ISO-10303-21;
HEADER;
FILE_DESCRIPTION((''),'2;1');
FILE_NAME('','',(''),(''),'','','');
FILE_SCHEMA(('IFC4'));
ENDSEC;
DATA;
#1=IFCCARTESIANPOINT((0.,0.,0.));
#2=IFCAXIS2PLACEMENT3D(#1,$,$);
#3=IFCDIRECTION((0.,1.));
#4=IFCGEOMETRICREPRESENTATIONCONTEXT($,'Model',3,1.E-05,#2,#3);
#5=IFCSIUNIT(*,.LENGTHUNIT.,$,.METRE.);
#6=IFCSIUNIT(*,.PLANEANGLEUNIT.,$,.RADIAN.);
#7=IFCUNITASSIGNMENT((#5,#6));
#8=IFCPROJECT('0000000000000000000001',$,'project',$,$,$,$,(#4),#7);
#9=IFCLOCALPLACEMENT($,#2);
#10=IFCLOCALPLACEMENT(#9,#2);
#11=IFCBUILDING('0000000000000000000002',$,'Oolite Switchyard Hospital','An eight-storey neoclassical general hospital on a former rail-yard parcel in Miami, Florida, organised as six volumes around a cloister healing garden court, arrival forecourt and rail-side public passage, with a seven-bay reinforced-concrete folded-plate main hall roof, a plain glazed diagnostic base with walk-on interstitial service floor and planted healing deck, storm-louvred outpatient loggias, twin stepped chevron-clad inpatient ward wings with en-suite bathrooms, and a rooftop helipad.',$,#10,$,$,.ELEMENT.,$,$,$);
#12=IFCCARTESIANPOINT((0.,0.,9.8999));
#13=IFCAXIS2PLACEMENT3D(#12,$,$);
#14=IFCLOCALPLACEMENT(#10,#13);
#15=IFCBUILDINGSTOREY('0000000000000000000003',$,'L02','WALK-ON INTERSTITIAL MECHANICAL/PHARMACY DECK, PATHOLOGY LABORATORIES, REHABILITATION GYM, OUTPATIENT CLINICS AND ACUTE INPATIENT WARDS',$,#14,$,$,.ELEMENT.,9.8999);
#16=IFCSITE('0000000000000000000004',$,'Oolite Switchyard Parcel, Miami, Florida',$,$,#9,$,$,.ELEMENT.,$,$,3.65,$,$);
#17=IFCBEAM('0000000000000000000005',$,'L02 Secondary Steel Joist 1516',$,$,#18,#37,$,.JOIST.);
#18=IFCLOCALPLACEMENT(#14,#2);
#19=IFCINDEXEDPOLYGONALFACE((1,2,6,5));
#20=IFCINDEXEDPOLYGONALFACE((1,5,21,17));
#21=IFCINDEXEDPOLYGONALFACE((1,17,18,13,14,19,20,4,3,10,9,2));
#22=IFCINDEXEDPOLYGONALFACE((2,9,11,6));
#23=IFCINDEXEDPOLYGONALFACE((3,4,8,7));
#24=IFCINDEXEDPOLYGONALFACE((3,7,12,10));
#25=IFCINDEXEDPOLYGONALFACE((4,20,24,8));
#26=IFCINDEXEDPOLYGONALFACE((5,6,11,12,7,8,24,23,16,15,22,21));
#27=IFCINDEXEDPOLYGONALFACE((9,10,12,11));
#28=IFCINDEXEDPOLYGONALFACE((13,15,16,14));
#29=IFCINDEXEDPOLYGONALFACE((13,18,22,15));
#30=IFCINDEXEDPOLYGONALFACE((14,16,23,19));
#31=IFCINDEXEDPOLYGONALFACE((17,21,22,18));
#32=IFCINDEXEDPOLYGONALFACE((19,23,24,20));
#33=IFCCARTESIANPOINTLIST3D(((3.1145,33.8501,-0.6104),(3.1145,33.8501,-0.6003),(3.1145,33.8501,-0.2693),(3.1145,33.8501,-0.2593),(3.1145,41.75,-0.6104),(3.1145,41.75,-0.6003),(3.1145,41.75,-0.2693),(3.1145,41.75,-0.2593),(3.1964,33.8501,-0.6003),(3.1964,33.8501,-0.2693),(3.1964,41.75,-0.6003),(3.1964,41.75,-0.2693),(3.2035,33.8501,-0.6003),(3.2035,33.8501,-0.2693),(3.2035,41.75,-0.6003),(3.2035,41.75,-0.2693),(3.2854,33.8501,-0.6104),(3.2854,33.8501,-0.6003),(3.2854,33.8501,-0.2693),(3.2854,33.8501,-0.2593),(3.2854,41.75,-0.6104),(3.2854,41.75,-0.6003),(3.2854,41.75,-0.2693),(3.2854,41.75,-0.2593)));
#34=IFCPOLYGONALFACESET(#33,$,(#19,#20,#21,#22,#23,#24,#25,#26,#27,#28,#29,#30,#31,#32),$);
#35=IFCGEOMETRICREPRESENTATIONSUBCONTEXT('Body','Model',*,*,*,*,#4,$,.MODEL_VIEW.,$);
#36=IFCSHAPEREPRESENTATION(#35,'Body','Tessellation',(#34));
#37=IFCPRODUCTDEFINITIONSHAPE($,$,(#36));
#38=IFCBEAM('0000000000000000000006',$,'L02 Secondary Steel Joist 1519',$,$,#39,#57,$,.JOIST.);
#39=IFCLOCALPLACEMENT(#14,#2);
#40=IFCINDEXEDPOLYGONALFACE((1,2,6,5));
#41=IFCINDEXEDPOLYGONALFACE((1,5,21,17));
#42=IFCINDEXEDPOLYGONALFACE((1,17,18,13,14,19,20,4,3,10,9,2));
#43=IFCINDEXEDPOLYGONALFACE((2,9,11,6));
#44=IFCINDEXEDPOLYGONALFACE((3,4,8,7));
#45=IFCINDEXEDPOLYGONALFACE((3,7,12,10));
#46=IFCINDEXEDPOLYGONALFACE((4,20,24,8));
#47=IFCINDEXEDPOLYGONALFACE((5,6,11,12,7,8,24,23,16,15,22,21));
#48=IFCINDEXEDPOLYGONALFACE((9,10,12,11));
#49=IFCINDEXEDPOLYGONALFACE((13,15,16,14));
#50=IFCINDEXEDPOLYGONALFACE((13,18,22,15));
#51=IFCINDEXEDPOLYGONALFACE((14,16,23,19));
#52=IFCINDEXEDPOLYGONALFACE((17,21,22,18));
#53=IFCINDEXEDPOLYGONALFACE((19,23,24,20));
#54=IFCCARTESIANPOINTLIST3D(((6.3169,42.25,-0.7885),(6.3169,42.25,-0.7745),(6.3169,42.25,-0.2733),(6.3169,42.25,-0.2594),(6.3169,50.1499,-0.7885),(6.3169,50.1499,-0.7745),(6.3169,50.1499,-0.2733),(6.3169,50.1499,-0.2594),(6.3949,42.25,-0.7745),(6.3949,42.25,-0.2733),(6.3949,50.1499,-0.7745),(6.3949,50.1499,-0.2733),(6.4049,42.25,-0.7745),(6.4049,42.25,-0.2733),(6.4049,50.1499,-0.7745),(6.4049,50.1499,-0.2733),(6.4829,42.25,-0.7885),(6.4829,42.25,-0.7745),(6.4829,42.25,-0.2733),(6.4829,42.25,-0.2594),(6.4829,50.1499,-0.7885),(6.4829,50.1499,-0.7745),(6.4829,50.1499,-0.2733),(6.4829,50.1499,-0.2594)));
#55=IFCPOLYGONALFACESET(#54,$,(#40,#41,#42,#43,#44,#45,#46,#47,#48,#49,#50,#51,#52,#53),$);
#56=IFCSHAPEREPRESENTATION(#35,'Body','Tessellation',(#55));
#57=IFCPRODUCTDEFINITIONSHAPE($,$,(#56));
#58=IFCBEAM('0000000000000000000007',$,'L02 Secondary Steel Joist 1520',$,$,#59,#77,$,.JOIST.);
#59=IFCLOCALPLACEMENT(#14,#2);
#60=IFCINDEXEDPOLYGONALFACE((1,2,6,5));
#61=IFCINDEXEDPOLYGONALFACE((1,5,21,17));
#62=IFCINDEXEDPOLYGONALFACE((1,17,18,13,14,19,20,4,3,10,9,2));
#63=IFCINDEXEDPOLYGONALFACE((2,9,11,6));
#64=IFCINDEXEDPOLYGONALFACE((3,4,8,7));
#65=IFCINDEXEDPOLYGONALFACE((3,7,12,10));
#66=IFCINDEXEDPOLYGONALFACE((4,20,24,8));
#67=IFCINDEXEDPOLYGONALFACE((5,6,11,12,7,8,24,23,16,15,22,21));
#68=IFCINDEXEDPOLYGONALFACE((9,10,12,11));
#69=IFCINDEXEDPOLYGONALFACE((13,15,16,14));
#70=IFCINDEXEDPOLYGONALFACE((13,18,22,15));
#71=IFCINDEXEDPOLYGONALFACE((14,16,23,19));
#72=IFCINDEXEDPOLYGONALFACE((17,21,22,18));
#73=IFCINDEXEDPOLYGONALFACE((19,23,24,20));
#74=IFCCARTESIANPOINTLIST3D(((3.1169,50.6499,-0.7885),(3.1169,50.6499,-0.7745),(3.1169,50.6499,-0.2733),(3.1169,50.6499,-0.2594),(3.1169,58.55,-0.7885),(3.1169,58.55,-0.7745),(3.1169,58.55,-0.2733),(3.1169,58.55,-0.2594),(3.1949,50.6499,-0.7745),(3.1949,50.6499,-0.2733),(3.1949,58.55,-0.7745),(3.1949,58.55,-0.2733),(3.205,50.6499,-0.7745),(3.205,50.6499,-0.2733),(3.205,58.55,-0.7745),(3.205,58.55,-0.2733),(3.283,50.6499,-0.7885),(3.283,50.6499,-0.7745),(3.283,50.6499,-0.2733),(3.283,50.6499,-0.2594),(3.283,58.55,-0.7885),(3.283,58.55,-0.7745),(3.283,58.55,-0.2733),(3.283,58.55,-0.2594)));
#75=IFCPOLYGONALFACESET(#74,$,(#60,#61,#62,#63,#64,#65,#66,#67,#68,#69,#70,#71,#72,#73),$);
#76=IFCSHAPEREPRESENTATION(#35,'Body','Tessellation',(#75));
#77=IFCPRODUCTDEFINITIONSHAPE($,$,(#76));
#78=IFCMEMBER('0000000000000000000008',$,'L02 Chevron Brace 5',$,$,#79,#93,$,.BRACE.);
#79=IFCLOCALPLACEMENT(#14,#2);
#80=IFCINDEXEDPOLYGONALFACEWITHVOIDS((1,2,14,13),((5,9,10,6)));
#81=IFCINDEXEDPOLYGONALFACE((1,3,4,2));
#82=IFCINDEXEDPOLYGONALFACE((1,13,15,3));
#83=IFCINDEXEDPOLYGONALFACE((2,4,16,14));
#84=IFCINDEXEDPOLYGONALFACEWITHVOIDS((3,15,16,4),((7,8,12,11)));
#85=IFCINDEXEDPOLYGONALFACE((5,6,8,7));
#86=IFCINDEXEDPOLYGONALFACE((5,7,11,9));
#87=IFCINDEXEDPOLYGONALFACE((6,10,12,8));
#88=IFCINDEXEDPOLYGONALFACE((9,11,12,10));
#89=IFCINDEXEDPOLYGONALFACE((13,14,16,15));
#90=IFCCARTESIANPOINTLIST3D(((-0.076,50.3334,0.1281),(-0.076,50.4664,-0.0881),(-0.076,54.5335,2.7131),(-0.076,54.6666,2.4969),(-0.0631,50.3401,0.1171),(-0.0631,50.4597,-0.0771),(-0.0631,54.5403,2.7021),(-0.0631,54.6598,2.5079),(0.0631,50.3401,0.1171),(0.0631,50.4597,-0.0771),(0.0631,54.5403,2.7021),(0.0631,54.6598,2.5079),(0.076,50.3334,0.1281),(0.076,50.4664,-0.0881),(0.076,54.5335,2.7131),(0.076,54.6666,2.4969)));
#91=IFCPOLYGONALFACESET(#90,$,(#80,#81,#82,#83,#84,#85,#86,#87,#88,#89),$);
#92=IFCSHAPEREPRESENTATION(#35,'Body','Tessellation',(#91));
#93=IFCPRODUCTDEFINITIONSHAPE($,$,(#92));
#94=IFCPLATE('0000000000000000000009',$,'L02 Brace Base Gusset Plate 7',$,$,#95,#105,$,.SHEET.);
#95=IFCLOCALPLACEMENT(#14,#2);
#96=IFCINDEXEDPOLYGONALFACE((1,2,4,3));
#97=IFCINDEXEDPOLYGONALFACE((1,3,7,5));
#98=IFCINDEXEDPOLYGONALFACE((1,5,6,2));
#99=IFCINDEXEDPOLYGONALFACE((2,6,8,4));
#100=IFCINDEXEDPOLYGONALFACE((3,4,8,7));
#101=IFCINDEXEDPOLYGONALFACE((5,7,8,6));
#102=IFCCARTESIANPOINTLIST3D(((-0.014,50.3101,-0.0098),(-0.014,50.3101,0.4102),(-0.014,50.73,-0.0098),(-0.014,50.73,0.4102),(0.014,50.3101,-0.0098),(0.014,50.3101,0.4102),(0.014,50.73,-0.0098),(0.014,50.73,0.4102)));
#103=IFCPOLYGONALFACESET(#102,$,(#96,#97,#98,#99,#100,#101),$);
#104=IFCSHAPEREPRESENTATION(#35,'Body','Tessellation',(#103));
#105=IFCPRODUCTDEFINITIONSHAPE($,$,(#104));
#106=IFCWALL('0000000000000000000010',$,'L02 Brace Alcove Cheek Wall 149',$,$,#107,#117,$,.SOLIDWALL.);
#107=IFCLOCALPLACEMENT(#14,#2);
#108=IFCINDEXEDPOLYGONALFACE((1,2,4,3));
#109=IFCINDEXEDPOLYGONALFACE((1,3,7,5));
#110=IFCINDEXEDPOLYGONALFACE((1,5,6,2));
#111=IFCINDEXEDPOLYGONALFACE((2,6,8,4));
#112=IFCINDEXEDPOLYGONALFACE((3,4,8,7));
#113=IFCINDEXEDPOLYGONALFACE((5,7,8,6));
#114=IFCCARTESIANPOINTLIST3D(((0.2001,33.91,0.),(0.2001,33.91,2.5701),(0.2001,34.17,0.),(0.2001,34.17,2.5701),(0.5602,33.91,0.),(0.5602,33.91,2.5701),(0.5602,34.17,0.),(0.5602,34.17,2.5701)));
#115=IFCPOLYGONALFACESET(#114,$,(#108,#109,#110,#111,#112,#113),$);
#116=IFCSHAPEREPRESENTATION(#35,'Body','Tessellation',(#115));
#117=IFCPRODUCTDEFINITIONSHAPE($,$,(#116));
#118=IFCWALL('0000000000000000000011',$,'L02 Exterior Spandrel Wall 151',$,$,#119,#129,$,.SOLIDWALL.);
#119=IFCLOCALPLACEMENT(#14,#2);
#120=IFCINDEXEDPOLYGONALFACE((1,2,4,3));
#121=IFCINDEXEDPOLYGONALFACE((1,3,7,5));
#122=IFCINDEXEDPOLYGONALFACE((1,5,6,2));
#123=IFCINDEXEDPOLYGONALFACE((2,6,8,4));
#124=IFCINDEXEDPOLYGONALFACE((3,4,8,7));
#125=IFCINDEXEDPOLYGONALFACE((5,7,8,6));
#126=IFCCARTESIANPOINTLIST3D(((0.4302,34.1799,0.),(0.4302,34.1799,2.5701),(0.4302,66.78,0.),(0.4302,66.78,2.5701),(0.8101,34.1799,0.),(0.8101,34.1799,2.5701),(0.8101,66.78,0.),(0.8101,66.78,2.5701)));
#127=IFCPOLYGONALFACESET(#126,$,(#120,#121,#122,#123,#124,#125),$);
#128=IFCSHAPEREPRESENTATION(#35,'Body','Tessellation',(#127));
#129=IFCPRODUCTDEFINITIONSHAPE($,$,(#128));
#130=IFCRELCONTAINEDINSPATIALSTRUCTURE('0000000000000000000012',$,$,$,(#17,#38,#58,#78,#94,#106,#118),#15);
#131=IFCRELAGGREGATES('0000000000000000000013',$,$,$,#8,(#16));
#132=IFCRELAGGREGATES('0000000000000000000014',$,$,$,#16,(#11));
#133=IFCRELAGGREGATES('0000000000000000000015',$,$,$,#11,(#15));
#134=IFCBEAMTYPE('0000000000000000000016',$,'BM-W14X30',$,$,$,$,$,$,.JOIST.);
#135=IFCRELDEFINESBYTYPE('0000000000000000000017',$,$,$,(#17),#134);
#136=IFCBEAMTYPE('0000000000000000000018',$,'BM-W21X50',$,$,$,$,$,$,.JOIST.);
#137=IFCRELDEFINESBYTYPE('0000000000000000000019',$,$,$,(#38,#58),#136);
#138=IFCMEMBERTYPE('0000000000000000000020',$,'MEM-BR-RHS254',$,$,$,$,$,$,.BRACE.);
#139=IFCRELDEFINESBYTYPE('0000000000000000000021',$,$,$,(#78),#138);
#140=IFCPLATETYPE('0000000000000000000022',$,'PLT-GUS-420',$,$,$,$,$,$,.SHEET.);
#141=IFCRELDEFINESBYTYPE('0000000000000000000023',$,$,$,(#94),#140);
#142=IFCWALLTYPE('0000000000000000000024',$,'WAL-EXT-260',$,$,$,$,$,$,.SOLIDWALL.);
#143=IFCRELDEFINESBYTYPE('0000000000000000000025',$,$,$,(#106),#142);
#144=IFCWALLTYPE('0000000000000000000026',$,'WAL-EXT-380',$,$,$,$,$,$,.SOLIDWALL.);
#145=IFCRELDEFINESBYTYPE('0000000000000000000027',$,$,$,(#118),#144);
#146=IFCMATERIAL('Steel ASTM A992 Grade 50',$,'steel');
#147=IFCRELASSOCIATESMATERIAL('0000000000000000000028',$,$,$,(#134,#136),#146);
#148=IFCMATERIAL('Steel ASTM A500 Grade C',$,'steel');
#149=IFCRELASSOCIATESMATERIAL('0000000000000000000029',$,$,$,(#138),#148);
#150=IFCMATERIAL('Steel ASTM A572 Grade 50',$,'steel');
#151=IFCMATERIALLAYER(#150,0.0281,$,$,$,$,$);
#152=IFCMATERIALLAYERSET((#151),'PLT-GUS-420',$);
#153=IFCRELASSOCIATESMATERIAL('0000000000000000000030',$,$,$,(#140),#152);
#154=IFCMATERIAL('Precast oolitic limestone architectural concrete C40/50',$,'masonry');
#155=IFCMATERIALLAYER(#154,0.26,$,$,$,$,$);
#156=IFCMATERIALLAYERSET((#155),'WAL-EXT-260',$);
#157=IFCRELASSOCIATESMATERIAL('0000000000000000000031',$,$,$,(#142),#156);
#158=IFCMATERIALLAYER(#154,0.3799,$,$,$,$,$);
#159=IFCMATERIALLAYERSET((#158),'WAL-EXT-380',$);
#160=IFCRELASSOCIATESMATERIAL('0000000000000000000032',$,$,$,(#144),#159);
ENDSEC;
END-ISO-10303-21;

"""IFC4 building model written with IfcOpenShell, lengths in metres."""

from ifc_helpers import new_model, si_unit, direction, frame, frame_2d, origin, origin_2d, place, context, subcontext, project, spatial, rectangle, hollow_rectangle, i_section, extrude, material, layer, layer_set, material_profile, profile_set, type_object, element, save


model = new_model("IFC4")

# Units and contexts
model_context = context("Model", 3, precision=1e-05, world=origin(), true_north=direction((0.0, 1.0)))
body_context = subcontext(model_context, "Body", "Model", "MODEL_VIEW")
ifc_project = project(units=[si_unit("LENGTHUNIT", "METRE"), si_unit("PLANEANGLEUNIT", "RADIAN")], contexts=[model_context])

# Site, building, storey
site_placement = place(None, origin())
site = spatial("IfcSite", under=ifc_project, at=site_placement, Name="Oolite Switchyard Parcel, Miami, Florida", CompositionType="ELEMENT", RefElevation=3.65)
building_placement = place(site_placement, origin())
building = spatial("IfcBuilding", under=site, at=building_placement, Name="Oolite Switchyard Hospital", Description="An eight-storey neoclassical general hospital on a former rail-yard parcel in Miami, Florida, organised as six volumes around a cloister healing garden court, arrival forecourt and rail-side public passage, with a seven-bay reinforced-concrete folded-plate main hall roof, a plain glazed diagnostic base with walk-on interstitial service floor and planted healing deck, storm-louvred outpatient loggias, twin stepped chevron-clad inpatient ward wings with en-suite bathrooms, and a rooftop helipad.", CompositionType="ELEMENT")
storey_placement = place(building_placement, frame((0.0, 0.0, 9.8999)))
storey = spatial("IfcBuildingStorey", under=building, at=storey_placement, Name="L02", Description="WALK-ON INTERSTITIAL MECHANICAL/PHARMACY DECK, PATHOLOGY LABORATORIES, REHABILITATION GYM, OUTPATIENT CLINICS AND ACUTE INPATIENT WARDS", CompositionType="ELEMENT", Elevation=9.8999)

# Beams
ifc_material_1 = material(Name="Steel ASTM A992 Grade 50", Category="steel")
ifc_material_profile_1 = material_profile(ifc_material_1, i_section(OverallWidth=0.1709, OverallDepth=0.3511, WebThickness=0.0071, FlangeThickness=0.01, at=origin_2d()), Name="W14X30")
ifc_profile_set_1 = profile_set([ifc_material_profile_1], Name="Steel ASTM A992 Grade 50")
beam_type_1 = type_object("IfcBeamType", Name="BM-W14X30", PredefinedType="JOIST", material=ifc_profile_set_1)
beam_1_placement = place(storey_placement, frame((3.2, 33.8501, -0.4348), z_axis=(0.0, 1.0, 0.0), x_axis=(-1.0, 0.0, 0.0)))
element("IfcBeam", 1, at=beam_1_placement, inside=storey, type_object=beam_type_1, Name="L02 Secondary Steel Joist 1516", PredefinedType="JOIST", context=body_context, shape_type="SweptSolid", body=[
    extrude(i_section(OverallWidth=0.1709, OverallDepth=0.3511, WebThickness=0.0071, FlangeThickness=0.01, at=origin_2d()), origin(), (0.0, 0.0, 1.0), 7.8999),
])
ifc_material_profile_2 = material_profile(ifc_material_1, i_section(OverallWidth=0.166, OverallDepth=0.5291, WebThickness=0.01, FlangeThickness=0.0139, at=origin_2d()), Name="W21X50")
ifc_profile_set_2 = profile_set([ifc_material_profile_2], Name="Steel ASTM A992 Grade 50")
beam_type_2 = type_object("IfcBeamType", Name="BM-W21X50", PredefinedType="JOIST", material=ifc_profile_set_2)
beam_2_placement = place(storey_placement, frame((6.3999, 42.25, -0.5239), z_axis=(0.0, 1.0, 0.0), x_axis=(-1.0, 0.0, 0.0)))
element("IfcBeam", 2, at=beam_2_placement, inside=storey, type_object=beam_type_2, Name="L02 Secondary Steel Joist 1519", PredefinedType="JOIST", context=body_context, shape_type="SweptSolid", body=[
    extrude(i_section(OverallWidth=0.166, OverallDepth=0.5291, WebThickness=0.01, FlangeThickness=0.0139, at=origin_2d()), origin(), (0.0, 0.0, 1.0), 7.8999),
])
beam_3_placement = place(storey_placement, frame((3.2, 50.6499, -0.5239), z_axis=(0.0, 1.0, 0.0), x_axis=(-1.0, 0.0, 0.0)))
element("IfcBeam", 3, at=beam_3_placement, inside=storey, type_object=beam_type_2, Name="L02 Secondary Steel Joist 1520", PredefinedType="JOIST", context=body_context, shape_type="SweptSolid", body=[
    extrude(i_section(OverallWidth=0.166, OverallDepth=0.5291, WebThickness=0.01, FlangeThickness=0.0139, at=origin_2d()), origin(), (0.0, 0.0, 1.0), 7.9001),
])

# Member
ifc_material_2 = material(Name="Steel ASTM A500 Grade C", Category="steel")
ifc_material_profile_3 = material_profile(ifc_material_2, hollow_rectangle(XDim=0.1521, YDim=0.2539, WallThickness=0.0129, at=origin_2d()), Name="HSS254X152X13")
ifc_profile_set_3 = profile_set([ifc_material_profile_3], Name="Steel ASTM A500 Grade C")
member_type = type_object("IfcMemberType", Name="MEM-BR-RHS254", PredefinedType="BRACE", material=ifc_profile_set_3)
member_placement = place(storey_placement, frame((0.0, 50.3999, 0.02), z_axis=(0.0, 0.851638, 0.524131), x_axis=(-1.0, 0.0, 0.0)))
element("IfcMember", 4, at=member_placement, inside=storey, type_object=member_type, Name="L02 Chevron Brace 5", PredefinedType="BRACE", context=body_context, shape_type="SweptSolid", body=[
    extrude(hollow_rectangle(XDim=0.1521, YDim=0.2539, WallThickness=0.0129, at=origin_2d()), origin(), (0.0, 0.0, 1.0), 4.9319),
])

# Plate
ifc_material_3 = material(Name="Steel ASTM A572 Grade 50", Category="steel")
ifc_layer_1 = layer(ifc_material_3, 0.0281)
ifc_layer_set_1 = layer_set([ifc_layer_1], Name="PLT-GUS-420")
plate_type = type_object("IfcPlateType", Name="PLT-GUS-420", PredefinedType="SHEET", material=ifc_layer_set_1)
plate_placement = place(storey_placement, frame((0.0, 50.52, -0.0098), z_axis=(0.0, 0.0, 1.0), x_axis=(0.0, 1.0, 0.0)))
element("IfcPlate", 5, at=plate_placement, inside=storey, type_object=plate_type, Name="L02 Brace Base Gusset Plate 7", PredefinedType="SHEET", context=body_context, shape_type="SweptSolid", body=[
    extrude(rectangle(XDim=0.4199, YDim=0.0281, at=origin_2d()), origin(), (0.0, 0.0, 1.0), 0.4199),
])

# Walls
ifc_material_4 = material(Name="Precast oolitic limestone architectural concrete C40/50", Category="masonry")
ifc_layer_2 = layer(ifc_material_4, 0.26)
ifc_layer_set_2 = layer_set([ifc_layer_2], Name="WAL-EXT-260")
wall_type_1 = type_object("IfcWallType", Name="WAL-EXT-260", PredefinedType="SOLIDWALL", material=ifc_layer_set_2)
wall_1_placement = place(storey_placement, frame((0.2, 34.04, 0.0), z_axis=(0.0, 0.0, 1.0), x_axis=(1.0, 0.0, 0.0)))
element("IfcWall", 6, at=wall_1_placement, inside=storey, type_object=wall_type_1, Name="L02 Brace Alcove Cheek Wall 149", PredefinedType="SOLIDWALL", context=body_context, shape_type="SweptSolid", body=[
    extrude(rectangle(XDim=0.3601, YDim=0.26, at=frame_2d((0.1802, 0.0))), origin(), (0.0, 0.0, 1.0), 2.5701),
])
ifc_layer_3 = layer(ifc_material_4, 0.3799)
ifc_layer_set_3 = layer_set([ifc_layer_3], Name="WAL-EXT-380")
wall_type_2 = type_object("IfcWallType", Name="WAL-EXT-380", PredefinedType="SOLIDWALL", material=ifc_layer_set_3)
wall_2_placement = place(storey_placement, frame((0.6201, 34.1799, 0.0), z_axis=(0.0, 0.0, 1.0), x_axis=(0.0, 1.0, 0.0)))
element("IfcWall", 7, at=wall_2_placement, inside=storey, type_object=wall_type_2, Name="L02 Exterior Spandrel Wall 151", PredefinedType="SOLIDWALL", context=body_context, shape_type="SweptSolid", body=[
    extrude(rectangle(XDim=32.6001, YDim=0.3799, at=frame_2d((16.3, 0.0))), origin(), (0.0, 0.0, 1.0), 2.5701),
])

save(model, "model.ifc")
